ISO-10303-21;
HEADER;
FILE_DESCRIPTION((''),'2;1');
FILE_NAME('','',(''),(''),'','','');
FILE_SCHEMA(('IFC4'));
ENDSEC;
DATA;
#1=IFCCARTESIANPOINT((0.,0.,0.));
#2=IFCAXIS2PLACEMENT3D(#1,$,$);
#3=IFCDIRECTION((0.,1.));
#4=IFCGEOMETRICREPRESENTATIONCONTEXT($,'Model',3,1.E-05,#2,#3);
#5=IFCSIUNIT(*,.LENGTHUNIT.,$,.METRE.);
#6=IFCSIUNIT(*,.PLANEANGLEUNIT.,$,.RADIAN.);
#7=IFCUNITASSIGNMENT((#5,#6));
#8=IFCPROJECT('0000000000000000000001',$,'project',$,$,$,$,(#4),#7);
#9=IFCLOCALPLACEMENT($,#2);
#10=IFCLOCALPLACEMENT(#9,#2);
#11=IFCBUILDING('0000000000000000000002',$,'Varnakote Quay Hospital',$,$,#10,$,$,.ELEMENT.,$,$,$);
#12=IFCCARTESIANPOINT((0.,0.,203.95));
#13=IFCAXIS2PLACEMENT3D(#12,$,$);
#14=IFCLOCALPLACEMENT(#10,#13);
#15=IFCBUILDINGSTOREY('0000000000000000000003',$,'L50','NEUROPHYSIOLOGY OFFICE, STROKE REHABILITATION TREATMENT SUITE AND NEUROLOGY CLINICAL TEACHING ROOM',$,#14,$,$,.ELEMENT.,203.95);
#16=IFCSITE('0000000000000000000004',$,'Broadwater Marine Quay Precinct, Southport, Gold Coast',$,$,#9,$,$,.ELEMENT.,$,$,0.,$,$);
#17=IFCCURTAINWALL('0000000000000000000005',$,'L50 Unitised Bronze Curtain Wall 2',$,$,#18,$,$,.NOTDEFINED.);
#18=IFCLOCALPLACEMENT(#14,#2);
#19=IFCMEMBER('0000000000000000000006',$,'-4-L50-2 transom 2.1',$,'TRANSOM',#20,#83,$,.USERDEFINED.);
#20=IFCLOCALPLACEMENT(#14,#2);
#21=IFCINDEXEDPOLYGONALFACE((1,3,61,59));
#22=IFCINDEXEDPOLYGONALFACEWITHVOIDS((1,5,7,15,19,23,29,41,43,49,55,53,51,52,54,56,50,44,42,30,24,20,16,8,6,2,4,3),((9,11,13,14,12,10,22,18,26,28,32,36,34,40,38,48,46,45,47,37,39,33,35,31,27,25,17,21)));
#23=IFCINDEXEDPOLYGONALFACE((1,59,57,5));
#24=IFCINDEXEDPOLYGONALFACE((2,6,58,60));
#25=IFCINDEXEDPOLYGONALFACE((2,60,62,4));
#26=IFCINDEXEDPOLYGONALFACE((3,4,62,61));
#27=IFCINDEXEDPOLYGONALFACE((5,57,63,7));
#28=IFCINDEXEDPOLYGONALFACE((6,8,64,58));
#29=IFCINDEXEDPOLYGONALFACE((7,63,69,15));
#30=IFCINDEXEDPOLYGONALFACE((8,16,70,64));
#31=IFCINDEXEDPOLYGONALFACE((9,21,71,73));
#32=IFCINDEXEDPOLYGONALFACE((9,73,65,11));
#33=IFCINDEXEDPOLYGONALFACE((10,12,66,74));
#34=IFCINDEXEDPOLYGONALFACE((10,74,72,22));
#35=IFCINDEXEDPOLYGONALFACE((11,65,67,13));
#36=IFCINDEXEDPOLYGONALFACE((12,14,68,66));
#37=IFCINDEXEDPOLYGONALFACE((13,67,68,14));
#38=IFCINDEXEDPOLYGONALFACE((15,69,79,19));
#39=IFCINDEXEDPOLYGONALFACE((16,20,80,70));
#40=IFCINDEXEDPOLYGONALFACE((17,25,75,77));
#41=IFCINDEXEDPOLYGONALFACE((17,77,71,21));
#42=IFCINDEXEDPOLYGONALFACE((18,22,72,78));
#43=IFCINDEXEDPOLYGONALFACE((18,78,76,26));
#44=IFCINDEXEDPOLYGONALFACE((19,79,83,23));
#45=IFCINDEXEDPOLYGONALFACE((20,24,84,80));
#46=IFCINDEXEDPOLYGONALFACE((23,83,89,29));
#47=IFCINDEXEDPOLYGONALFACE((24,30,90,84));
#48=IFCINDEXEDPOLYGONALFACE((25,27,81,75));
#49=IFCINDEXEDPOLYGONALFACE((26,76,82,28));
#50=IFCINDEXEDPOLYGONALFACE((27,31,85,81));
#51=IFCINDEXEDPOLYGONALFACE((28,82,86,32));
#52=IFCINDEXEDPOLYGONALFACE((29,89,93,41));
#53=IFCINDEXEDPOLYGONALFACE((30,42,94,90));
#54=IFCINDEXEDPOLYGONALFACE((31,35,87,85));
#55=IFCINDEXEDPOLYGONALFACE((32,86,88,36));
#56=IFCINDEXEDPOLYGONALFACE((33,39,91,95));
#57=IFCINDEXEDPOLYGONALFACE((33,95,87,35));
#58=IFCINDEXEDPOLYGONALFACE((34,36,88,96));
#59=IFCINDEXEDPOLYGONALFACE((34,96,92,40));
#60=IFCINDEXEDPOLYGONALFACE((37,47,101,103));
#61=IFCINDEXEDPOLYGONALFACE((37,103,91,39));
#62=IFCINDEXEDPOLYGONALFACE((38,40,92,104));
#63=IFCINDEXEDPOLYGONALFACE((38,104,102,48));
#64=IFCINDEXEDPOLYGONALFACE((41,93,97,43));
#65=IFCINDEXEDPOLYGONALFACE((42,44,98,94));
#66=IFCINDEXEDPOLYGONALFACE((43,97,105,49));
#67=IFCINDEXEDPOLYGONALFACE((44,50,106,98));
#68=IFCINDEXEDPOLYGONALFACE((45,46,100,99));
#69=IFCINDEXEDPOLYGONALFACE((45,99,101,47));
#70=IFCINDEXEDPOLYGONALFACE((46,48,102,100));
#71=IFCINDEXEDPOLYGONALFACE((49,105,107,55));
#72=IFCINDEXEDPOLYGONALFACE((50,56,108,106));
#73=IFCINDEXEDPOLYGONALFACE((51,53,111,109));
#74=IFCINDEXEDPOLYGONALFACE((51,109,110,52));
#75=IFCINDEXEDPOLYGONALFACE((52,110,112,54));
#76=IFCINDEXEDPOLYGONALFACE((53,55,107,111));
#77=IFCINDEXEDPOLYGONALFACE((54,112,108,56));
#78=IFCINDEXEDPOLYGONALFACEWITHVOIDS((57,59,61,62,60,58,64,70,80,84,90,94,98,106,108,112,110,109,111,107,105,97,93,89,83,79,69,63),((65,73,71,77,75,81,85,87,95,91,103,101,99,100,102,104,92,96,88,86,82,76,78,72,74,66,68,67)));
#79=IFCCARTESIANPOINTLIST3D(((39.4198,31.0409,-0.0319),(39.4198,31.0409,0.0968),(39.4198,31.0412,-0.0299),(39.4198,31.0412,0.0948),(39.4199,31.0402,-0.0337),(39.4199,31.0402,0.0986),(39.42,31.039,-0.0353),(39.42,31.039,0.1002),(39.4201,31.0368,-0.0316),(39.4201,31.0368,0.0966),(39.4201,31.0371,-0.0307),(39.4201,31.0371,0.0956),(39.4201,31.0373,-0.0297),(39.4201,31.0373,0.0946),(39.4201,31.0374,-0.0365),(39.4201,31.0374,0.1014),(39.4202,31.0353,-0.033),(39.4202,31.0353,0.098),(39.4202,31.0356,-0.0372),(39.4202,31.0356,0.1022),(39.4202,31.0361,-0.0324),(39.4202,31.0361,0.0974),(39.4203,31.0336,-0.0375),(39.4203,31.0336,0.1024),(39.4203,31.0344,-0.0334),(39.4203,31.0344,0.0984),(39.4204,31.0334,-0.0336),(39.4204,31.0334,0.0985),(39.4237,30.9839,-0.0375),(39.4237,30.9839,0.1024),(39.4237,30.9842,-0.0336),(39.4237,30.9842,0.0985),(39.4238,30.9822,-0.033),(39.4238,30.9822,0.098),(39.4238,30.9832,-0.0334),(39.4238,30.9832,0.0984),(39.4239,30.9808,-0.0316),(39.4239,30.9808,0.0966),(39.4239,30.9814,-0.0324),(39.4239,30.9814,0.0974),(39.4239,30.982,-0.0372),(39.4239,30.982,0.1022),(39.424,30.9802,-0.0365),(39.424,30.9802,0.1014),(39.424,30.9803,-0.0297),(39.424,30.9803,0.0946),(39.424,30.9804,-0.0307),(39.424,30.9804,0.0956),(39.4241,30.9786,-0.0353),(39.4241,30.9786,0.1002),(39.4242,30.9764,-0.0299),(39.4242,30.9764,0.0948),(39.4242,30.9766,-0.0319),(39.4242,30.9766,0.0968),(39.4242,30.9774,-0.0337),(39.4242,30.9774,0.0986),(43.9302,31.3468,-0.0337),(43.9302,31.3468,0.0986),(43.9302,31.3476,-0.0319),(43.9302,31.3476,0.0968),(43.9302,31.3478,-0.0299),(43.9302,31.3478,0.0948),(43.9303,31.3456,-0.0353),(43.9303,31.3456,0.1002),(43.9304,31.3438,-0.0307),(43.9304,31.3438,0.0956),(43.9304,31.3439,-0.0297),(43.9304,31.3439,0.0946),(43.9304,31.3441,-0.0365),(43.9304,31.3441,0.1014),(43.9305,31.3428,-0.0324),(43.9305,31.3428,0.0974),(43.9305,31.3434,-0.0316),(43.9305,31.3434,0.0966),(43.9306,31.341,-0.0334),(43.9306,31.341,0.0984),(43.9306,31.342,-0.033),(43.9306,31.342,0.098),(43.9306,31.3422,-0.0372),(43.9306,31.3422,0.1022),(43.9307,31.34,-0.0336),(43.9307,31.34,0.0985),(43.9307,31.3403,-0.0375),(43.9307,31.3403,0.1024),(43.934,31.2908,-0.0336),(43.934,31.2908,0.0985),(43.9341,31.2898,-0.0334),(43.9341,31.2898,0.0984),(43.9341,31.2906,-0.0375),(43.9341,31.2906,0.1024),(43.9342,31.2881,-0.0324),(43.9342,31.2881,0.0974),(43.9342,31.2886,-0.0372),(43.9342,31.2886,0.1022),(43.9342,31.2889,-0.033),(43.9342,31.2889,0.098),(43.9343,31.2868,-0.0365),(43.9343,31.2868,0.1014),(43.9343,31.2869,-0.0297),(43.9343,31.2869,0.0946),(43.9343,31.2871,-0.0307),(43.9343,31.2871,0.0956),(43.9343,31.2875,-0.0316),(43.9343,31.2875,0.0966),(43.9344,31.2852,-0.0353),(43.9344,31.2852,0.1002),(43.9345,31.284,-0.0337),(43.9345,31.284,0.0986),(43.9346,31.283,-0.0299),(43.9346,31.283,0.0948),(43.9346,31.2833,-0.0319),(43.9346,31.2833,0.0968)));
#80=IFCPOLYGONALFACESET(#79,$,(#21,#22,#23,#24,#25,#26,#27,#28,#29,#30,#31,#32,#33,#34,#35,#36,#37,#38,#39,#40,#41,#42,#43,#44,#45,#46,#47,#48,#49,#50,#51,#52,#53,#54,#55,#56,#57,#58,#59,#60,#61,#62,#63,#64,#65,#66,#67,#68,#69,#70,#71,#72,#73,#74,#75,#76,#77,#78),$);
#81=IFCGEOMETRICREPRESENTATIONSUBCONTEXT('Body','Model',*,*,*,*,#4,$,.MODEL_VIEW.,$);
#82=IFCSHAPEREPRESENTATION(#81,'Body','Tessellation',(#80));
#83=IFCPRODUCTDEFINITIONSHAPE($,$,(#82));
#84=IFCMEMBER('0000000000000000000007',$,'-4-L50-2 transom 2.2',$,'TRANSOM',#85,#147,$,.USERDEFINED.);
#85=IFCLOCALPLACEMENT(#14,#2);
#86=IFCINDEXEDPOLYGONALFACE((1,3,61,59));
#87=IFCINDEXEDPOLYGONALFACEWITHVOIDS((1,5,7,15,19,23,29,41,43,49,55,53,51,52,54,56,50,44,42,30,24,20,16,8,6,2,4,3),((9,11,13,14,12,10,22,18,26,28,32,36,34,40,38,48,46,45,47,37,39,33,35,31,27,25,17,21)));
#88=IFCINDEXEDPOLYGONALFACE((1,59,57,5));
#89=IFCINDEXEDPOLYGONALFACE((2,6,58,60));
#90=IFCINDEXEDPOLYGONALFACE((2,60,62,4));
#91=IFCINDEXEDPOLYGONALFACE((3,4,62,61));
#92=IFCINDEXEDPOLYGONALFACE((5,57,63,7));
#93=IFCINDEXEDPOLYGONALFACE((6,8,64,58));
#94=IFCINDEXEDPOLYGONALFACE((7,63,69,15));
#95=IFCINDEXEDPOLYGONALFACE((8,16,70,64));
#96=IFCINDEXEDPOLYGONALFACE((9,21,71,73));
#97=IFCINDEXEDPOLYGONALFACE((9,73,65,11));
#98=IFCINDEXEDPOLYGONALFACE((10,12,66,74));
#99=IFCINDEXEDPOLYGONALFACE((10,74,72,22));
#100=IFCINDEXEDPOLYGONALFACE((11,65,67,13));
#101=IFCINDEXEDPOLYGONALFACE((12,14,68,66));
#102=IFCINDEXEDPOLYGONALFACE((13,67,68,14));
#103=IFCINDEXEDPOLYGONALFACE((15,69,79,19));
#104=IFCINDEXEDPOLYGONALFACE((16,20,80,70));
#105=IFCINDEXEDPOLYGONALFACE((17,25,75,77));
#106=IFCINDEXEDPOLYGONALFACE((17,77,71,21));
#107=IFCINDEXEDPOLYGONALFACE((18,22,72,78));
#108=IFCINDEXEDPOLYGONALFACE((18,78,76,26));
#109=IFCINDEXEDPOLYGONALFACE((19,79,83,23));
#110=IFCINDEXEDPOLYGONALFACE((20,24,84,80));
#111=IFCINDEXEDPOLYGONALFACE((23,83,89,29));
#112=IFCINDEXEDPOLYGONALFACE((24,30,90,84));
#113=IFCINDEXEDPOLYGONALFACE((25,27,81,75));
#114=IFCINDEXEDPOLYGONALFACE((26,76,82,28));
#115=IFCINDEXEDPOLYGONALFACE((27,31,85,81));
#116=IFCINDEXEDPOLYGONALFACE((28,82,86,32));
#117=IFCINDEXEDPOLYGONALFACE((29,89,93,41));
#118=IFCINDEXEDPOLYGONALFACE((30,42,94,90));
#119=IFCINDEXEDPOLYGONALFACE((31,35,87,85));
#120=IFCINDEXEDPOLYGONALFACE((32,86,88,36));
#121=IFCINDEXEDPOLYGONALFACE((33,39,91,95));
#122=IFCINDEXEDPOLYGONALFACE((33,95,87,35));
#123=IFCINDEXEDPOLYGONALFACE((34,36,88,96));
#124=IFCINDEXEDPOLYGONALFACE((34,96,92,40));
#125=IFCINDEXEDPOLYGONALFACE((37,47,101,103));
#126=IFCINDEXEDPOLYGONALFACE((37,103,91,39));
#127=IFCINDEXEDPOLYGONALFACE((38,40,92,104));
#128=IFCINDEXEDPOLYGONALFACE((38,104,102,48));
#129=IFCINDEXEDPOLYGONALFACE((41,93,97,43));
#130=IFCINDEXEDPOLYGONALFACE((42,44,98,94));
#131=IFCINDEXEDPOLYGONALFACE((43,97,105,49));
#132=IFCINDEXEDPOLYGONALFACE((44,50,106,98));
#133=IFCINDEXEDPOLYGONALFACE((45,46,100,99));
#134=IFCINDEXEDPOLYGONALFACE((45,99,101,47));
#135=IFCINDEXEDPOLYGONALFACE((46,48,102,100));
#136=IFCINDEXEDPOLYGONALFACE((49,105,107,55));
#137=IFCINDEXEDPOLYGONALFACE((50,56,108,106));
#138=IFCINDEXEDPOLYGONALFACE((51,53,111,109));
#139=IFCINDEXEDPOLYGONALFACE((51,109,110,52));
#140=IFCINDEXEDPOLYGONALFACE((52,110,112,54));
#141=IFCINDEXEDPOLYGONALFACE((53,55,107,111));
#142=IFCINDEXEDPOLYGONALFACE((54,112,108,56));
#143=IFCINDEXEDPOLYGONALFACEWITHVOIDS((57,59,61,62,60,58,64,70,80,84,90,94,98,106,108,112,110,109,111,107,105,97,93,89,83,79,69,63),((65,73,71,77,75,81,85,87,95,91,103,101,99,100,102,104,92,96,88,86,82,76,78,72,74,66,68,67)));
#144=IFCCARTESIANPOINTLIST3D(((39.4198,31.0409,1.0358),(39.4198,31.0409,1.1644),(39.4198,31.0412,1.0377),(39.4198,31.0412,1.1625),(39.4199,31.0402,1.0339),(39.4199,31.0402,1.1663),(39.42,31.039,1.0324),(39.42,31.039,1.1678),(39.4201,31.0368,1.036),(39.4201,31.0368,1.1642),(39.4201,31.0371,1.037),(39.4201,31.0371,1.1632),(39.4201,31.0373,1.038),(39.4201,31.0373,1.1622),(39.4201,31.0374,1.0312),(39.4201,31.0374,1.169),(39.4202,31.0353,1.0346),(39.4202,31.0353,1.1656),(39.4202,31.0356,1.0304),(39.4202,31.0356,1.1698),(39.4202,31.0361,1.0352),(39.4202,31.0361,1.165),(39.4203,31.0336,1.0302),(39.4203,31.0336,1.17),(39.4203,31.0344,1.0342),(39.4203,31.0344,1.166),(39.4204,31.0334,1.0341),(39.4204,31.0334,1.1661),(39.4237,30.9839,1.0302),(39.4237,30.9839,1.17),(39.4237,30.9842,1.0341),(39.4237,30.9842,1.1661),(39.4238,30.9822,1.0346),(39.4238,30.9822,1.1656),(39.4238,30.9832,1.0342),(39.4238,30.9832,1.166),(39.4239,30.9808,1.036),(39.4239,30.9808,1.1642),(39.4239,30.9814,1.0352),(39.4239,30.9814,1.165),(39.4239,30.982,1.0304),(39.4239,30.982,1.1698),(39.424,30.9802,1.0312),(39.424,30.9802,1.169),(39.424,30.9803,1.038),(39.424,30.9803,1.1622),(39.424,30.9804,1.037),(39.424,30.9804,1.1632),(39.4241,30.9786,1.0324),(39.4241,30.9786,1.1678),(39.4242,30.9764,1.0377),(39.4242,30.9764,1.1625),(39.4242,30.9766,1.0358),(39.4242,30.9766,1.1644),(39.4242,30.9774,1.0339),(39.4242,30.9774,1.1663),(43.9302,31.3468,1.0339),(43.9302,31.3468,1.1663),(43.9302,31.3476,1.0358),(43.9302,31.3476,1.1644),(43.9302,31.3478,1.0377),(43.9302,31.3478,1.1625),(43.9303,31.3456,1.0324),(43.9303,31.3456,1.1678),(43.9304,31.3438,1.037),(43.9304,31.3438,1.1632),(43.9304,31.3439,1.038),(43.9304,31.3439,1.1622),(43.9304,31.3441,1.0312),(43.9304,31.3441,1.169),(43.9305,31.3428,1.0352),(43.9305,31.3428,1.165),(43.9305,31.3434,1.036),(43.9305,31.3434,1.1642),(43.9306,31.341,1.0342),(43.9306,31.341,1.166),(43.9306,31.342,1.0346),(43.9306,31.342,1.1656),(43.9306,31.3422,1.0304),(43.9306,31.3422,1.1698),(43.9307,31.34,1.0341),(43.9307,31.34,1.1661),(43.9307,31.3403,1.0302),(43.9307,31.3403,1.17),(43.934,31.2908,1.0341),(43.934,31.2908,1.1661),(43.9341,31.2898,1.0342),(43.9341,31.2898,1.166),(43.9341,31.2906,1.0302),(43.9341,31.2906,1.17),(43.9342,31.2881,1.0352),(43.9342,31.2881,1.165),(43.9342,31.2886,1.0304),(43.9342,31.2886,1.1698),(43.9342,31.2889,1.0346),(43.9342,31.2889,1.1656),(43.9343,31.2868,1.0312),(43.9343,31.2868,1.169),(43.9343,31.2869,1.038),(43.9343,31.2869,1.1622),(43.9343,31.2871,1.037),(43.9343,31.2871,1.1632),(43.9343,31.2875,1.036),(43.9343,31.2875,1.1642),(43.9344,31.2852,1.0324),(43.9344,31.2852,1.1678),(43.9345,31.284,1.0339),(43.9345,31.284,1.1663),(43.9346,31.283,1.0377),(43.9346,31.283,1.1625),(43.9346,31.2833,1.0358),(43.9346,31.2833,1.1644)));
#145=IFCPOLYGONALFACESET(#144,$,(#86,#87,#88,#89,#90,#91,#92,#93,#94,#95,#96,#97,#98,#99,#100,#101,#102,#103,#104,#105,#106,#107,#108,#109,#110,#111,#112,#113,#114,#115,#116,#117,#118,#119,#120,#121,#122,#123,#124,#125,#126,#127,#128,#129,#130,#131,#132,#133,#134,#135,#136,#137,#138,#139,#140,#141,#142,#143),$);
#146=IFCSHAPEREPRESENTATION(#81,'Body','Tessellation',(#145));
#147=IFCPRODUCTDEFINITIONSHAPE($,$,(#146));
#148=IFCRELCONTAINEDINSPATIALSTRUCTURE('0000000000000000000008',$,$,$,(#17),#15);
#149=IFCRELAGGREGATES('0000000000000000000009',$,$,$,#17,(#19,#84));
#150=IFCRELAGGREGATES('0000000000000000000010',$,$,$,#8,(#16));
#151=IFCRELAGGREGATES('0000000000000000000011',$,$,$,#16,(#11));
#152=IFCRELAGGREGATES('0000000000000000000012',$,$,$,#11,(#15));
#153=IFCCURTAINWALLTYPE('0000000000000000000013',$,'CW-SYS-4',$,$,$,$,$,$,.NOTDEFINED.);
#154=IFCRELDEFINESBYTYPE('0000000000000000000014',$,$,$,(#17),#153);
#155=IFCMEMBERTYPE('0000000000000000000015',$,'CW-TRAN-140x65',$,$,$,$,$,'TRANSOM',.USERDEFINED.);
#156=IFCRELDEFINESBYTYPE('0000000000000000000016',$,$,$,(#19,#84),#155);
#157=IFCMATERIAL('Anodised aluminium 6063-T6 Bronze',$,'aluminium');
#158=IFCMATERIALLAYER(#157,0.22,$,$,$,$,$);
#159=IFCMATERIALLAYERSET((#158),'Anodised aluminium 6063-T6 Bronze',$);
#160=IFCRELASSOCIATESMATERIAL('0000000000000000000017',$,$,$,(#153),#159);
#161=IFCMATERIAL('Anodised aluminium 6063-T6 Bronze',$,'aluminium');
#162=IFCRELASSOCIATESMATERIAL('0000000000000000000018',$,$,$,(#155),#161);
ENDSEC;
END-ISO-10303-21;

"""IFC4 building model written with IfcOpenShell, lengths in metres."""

from ifc_helpers import new_model, si_unit, direction, frame, origin, origin_2d, place, context, subcontext, project, spatial, hollow_rectangle, extrude, material, layer, layer_set, material_profile, profile_set, type_object, element, aggregate, save


model = new_model("IFC4")

# Units and contexts
model_context = context("Model", 3, precision=1e-05, world=origin(), true_north=direction((0.0, 1.0)))
body_context = subcontext(model_context, "Body", "Model", "MODEL_VIEW")
ifc_project = project(units=[si_unit("LENGTHUNIT", "METRE"), si_unit("PLANEANGLEUNIT", "RADIAN")], contexts=[model_context])

# Site, building, storey
site_placement = place(None, origin())
site = spatial("IfcSite", under=ifc_project, at=site_placement, Name="Broadwater Marine Quay Precinct, Southport, Gold Coast", CompositionType="ELEMENT", RefElevation=0.0)
building_placement = place(site_placement, origin())
building = spatial("IfcBuilding", under=site, at=building_placement, Name="Varnakote Quay Hospital", CompositionType="ELEMENT")
storey_placement = place(building_placement, frame((0.0, 0.0, 203.95)))
storey = spatial("IfcBuildingStorey", under=building, at=storey_placement, Name="L50", Description="NEUROPHYSIOLOGY OFFICE, STROKE REHABILITATION TREATMENT SUITE AND NEUROLOGY CLINICAL TEACHING ROOM", CompositionType="ELEMENT", Elevation=203.95)

# Curtain wall
ifc_material_1 = material(Name="Anodised aluminium 6063-T6 Bronze", Category="aluminium")
ifc_layer_1 = layer(ifc_material_1, 0.22)
ifc_layer_set_1 = layer_set([ifc_layer_1], Name="Anodised aluminium 6063-T6 Bronze")
curtain_wall_type = type_object("IfcCurtainWallType", Name="CW-SYS-4", PredefinedType="NOTDEFINED", material=ifc_layer_set_1)
curtain_wall_1_placement = place(storey_placement, origin())
curtain_wall_1 = element("IfcCurtainWall", 1, at=curtain_wall_1_placement, inside=storey, type_object=curtain_wall_type, Name="L50 Unitised Bronze Curtain Wall 2", PredefinedType="NOTDEFINED")

# Members
ifc_material_2 = material(Name="Anodised aluminium 6063-T6 Bronze", Category="aluminium")
ifc_material_profile_1 = material_profile(ifc_material_2, hollow_rectangle(XDim=0.0649, YDim=0.1399, WallThickness=0.0039, InnerFilletRadius=0.0039, OuterFilletRadius=0.0076, at=origin_2d()), Name="CW-TRAN-140x65")
ifc_profile_set_1 = profile_set([ifc_material_profile_1], Name="Anodised aluminium 6063-T6 Bronze")
member_type_1 = type_object("IfcMemberType", Name="CW-TRAN-140x65", ElementType="TRANSOM", PredefinedType="USERDEFINED", material=ifc_profile_set_1)
member_1_placement = place(storey_placement, frame((43.9324, 31.3154, 0.0325), z_axis=(-0.997697, -0.067831, 0.0), x_axis=(0.067831, -0.997697, 0.0)))
member_1 = element("IfcMember", 2, at=member_1_placement, type_object=member_type_1, Name="-4-L50-2 transom 2.1", ObjectType="TRANSOM", PredefinedType="USERDEFINED", context=body_context, shape_type="SweptSolid", body=[
    extrude(hollow_rectangle(XDim=0.0649, YDim=0.1399, WallThickness=0.0039, InnerFilletRadius=0.0039, OuterFilletRadius=0.0076, at=origin_2d()), origin(), (0.0, 0.0, 1.0), 4.5208),
])
member_2_placement = place(storey_placement, frame((43.9324, 31.3154, 1.1001), z_axis=(-0.997697, -0.067831, 0.0), x_axis=(0.067831, -0.997697, 0.0)))
member_2 = element("IfcMember", 3, at=member_2_placement, type_object=member_type_1, Name="-4-L50-2 transom 2.2", ObjectType="TRANSOM", PredefinedType="USERDEFINED", context=body_context, shape_type="SweptSolid", body=[
    extrude(hollow_rectangle(XDim=0.0649, YDim=0.1399, WallThickness=0.0039, InnerFilletRadius=0.0039, OuterFilletRadius=0.0076, at=origin_2d()), origin(), (0.0, 0.0, 1.0), 4.5208),
])

aggregate(curtain_wall_1, [member_1, member_2])

save(model, "model.ifc")
